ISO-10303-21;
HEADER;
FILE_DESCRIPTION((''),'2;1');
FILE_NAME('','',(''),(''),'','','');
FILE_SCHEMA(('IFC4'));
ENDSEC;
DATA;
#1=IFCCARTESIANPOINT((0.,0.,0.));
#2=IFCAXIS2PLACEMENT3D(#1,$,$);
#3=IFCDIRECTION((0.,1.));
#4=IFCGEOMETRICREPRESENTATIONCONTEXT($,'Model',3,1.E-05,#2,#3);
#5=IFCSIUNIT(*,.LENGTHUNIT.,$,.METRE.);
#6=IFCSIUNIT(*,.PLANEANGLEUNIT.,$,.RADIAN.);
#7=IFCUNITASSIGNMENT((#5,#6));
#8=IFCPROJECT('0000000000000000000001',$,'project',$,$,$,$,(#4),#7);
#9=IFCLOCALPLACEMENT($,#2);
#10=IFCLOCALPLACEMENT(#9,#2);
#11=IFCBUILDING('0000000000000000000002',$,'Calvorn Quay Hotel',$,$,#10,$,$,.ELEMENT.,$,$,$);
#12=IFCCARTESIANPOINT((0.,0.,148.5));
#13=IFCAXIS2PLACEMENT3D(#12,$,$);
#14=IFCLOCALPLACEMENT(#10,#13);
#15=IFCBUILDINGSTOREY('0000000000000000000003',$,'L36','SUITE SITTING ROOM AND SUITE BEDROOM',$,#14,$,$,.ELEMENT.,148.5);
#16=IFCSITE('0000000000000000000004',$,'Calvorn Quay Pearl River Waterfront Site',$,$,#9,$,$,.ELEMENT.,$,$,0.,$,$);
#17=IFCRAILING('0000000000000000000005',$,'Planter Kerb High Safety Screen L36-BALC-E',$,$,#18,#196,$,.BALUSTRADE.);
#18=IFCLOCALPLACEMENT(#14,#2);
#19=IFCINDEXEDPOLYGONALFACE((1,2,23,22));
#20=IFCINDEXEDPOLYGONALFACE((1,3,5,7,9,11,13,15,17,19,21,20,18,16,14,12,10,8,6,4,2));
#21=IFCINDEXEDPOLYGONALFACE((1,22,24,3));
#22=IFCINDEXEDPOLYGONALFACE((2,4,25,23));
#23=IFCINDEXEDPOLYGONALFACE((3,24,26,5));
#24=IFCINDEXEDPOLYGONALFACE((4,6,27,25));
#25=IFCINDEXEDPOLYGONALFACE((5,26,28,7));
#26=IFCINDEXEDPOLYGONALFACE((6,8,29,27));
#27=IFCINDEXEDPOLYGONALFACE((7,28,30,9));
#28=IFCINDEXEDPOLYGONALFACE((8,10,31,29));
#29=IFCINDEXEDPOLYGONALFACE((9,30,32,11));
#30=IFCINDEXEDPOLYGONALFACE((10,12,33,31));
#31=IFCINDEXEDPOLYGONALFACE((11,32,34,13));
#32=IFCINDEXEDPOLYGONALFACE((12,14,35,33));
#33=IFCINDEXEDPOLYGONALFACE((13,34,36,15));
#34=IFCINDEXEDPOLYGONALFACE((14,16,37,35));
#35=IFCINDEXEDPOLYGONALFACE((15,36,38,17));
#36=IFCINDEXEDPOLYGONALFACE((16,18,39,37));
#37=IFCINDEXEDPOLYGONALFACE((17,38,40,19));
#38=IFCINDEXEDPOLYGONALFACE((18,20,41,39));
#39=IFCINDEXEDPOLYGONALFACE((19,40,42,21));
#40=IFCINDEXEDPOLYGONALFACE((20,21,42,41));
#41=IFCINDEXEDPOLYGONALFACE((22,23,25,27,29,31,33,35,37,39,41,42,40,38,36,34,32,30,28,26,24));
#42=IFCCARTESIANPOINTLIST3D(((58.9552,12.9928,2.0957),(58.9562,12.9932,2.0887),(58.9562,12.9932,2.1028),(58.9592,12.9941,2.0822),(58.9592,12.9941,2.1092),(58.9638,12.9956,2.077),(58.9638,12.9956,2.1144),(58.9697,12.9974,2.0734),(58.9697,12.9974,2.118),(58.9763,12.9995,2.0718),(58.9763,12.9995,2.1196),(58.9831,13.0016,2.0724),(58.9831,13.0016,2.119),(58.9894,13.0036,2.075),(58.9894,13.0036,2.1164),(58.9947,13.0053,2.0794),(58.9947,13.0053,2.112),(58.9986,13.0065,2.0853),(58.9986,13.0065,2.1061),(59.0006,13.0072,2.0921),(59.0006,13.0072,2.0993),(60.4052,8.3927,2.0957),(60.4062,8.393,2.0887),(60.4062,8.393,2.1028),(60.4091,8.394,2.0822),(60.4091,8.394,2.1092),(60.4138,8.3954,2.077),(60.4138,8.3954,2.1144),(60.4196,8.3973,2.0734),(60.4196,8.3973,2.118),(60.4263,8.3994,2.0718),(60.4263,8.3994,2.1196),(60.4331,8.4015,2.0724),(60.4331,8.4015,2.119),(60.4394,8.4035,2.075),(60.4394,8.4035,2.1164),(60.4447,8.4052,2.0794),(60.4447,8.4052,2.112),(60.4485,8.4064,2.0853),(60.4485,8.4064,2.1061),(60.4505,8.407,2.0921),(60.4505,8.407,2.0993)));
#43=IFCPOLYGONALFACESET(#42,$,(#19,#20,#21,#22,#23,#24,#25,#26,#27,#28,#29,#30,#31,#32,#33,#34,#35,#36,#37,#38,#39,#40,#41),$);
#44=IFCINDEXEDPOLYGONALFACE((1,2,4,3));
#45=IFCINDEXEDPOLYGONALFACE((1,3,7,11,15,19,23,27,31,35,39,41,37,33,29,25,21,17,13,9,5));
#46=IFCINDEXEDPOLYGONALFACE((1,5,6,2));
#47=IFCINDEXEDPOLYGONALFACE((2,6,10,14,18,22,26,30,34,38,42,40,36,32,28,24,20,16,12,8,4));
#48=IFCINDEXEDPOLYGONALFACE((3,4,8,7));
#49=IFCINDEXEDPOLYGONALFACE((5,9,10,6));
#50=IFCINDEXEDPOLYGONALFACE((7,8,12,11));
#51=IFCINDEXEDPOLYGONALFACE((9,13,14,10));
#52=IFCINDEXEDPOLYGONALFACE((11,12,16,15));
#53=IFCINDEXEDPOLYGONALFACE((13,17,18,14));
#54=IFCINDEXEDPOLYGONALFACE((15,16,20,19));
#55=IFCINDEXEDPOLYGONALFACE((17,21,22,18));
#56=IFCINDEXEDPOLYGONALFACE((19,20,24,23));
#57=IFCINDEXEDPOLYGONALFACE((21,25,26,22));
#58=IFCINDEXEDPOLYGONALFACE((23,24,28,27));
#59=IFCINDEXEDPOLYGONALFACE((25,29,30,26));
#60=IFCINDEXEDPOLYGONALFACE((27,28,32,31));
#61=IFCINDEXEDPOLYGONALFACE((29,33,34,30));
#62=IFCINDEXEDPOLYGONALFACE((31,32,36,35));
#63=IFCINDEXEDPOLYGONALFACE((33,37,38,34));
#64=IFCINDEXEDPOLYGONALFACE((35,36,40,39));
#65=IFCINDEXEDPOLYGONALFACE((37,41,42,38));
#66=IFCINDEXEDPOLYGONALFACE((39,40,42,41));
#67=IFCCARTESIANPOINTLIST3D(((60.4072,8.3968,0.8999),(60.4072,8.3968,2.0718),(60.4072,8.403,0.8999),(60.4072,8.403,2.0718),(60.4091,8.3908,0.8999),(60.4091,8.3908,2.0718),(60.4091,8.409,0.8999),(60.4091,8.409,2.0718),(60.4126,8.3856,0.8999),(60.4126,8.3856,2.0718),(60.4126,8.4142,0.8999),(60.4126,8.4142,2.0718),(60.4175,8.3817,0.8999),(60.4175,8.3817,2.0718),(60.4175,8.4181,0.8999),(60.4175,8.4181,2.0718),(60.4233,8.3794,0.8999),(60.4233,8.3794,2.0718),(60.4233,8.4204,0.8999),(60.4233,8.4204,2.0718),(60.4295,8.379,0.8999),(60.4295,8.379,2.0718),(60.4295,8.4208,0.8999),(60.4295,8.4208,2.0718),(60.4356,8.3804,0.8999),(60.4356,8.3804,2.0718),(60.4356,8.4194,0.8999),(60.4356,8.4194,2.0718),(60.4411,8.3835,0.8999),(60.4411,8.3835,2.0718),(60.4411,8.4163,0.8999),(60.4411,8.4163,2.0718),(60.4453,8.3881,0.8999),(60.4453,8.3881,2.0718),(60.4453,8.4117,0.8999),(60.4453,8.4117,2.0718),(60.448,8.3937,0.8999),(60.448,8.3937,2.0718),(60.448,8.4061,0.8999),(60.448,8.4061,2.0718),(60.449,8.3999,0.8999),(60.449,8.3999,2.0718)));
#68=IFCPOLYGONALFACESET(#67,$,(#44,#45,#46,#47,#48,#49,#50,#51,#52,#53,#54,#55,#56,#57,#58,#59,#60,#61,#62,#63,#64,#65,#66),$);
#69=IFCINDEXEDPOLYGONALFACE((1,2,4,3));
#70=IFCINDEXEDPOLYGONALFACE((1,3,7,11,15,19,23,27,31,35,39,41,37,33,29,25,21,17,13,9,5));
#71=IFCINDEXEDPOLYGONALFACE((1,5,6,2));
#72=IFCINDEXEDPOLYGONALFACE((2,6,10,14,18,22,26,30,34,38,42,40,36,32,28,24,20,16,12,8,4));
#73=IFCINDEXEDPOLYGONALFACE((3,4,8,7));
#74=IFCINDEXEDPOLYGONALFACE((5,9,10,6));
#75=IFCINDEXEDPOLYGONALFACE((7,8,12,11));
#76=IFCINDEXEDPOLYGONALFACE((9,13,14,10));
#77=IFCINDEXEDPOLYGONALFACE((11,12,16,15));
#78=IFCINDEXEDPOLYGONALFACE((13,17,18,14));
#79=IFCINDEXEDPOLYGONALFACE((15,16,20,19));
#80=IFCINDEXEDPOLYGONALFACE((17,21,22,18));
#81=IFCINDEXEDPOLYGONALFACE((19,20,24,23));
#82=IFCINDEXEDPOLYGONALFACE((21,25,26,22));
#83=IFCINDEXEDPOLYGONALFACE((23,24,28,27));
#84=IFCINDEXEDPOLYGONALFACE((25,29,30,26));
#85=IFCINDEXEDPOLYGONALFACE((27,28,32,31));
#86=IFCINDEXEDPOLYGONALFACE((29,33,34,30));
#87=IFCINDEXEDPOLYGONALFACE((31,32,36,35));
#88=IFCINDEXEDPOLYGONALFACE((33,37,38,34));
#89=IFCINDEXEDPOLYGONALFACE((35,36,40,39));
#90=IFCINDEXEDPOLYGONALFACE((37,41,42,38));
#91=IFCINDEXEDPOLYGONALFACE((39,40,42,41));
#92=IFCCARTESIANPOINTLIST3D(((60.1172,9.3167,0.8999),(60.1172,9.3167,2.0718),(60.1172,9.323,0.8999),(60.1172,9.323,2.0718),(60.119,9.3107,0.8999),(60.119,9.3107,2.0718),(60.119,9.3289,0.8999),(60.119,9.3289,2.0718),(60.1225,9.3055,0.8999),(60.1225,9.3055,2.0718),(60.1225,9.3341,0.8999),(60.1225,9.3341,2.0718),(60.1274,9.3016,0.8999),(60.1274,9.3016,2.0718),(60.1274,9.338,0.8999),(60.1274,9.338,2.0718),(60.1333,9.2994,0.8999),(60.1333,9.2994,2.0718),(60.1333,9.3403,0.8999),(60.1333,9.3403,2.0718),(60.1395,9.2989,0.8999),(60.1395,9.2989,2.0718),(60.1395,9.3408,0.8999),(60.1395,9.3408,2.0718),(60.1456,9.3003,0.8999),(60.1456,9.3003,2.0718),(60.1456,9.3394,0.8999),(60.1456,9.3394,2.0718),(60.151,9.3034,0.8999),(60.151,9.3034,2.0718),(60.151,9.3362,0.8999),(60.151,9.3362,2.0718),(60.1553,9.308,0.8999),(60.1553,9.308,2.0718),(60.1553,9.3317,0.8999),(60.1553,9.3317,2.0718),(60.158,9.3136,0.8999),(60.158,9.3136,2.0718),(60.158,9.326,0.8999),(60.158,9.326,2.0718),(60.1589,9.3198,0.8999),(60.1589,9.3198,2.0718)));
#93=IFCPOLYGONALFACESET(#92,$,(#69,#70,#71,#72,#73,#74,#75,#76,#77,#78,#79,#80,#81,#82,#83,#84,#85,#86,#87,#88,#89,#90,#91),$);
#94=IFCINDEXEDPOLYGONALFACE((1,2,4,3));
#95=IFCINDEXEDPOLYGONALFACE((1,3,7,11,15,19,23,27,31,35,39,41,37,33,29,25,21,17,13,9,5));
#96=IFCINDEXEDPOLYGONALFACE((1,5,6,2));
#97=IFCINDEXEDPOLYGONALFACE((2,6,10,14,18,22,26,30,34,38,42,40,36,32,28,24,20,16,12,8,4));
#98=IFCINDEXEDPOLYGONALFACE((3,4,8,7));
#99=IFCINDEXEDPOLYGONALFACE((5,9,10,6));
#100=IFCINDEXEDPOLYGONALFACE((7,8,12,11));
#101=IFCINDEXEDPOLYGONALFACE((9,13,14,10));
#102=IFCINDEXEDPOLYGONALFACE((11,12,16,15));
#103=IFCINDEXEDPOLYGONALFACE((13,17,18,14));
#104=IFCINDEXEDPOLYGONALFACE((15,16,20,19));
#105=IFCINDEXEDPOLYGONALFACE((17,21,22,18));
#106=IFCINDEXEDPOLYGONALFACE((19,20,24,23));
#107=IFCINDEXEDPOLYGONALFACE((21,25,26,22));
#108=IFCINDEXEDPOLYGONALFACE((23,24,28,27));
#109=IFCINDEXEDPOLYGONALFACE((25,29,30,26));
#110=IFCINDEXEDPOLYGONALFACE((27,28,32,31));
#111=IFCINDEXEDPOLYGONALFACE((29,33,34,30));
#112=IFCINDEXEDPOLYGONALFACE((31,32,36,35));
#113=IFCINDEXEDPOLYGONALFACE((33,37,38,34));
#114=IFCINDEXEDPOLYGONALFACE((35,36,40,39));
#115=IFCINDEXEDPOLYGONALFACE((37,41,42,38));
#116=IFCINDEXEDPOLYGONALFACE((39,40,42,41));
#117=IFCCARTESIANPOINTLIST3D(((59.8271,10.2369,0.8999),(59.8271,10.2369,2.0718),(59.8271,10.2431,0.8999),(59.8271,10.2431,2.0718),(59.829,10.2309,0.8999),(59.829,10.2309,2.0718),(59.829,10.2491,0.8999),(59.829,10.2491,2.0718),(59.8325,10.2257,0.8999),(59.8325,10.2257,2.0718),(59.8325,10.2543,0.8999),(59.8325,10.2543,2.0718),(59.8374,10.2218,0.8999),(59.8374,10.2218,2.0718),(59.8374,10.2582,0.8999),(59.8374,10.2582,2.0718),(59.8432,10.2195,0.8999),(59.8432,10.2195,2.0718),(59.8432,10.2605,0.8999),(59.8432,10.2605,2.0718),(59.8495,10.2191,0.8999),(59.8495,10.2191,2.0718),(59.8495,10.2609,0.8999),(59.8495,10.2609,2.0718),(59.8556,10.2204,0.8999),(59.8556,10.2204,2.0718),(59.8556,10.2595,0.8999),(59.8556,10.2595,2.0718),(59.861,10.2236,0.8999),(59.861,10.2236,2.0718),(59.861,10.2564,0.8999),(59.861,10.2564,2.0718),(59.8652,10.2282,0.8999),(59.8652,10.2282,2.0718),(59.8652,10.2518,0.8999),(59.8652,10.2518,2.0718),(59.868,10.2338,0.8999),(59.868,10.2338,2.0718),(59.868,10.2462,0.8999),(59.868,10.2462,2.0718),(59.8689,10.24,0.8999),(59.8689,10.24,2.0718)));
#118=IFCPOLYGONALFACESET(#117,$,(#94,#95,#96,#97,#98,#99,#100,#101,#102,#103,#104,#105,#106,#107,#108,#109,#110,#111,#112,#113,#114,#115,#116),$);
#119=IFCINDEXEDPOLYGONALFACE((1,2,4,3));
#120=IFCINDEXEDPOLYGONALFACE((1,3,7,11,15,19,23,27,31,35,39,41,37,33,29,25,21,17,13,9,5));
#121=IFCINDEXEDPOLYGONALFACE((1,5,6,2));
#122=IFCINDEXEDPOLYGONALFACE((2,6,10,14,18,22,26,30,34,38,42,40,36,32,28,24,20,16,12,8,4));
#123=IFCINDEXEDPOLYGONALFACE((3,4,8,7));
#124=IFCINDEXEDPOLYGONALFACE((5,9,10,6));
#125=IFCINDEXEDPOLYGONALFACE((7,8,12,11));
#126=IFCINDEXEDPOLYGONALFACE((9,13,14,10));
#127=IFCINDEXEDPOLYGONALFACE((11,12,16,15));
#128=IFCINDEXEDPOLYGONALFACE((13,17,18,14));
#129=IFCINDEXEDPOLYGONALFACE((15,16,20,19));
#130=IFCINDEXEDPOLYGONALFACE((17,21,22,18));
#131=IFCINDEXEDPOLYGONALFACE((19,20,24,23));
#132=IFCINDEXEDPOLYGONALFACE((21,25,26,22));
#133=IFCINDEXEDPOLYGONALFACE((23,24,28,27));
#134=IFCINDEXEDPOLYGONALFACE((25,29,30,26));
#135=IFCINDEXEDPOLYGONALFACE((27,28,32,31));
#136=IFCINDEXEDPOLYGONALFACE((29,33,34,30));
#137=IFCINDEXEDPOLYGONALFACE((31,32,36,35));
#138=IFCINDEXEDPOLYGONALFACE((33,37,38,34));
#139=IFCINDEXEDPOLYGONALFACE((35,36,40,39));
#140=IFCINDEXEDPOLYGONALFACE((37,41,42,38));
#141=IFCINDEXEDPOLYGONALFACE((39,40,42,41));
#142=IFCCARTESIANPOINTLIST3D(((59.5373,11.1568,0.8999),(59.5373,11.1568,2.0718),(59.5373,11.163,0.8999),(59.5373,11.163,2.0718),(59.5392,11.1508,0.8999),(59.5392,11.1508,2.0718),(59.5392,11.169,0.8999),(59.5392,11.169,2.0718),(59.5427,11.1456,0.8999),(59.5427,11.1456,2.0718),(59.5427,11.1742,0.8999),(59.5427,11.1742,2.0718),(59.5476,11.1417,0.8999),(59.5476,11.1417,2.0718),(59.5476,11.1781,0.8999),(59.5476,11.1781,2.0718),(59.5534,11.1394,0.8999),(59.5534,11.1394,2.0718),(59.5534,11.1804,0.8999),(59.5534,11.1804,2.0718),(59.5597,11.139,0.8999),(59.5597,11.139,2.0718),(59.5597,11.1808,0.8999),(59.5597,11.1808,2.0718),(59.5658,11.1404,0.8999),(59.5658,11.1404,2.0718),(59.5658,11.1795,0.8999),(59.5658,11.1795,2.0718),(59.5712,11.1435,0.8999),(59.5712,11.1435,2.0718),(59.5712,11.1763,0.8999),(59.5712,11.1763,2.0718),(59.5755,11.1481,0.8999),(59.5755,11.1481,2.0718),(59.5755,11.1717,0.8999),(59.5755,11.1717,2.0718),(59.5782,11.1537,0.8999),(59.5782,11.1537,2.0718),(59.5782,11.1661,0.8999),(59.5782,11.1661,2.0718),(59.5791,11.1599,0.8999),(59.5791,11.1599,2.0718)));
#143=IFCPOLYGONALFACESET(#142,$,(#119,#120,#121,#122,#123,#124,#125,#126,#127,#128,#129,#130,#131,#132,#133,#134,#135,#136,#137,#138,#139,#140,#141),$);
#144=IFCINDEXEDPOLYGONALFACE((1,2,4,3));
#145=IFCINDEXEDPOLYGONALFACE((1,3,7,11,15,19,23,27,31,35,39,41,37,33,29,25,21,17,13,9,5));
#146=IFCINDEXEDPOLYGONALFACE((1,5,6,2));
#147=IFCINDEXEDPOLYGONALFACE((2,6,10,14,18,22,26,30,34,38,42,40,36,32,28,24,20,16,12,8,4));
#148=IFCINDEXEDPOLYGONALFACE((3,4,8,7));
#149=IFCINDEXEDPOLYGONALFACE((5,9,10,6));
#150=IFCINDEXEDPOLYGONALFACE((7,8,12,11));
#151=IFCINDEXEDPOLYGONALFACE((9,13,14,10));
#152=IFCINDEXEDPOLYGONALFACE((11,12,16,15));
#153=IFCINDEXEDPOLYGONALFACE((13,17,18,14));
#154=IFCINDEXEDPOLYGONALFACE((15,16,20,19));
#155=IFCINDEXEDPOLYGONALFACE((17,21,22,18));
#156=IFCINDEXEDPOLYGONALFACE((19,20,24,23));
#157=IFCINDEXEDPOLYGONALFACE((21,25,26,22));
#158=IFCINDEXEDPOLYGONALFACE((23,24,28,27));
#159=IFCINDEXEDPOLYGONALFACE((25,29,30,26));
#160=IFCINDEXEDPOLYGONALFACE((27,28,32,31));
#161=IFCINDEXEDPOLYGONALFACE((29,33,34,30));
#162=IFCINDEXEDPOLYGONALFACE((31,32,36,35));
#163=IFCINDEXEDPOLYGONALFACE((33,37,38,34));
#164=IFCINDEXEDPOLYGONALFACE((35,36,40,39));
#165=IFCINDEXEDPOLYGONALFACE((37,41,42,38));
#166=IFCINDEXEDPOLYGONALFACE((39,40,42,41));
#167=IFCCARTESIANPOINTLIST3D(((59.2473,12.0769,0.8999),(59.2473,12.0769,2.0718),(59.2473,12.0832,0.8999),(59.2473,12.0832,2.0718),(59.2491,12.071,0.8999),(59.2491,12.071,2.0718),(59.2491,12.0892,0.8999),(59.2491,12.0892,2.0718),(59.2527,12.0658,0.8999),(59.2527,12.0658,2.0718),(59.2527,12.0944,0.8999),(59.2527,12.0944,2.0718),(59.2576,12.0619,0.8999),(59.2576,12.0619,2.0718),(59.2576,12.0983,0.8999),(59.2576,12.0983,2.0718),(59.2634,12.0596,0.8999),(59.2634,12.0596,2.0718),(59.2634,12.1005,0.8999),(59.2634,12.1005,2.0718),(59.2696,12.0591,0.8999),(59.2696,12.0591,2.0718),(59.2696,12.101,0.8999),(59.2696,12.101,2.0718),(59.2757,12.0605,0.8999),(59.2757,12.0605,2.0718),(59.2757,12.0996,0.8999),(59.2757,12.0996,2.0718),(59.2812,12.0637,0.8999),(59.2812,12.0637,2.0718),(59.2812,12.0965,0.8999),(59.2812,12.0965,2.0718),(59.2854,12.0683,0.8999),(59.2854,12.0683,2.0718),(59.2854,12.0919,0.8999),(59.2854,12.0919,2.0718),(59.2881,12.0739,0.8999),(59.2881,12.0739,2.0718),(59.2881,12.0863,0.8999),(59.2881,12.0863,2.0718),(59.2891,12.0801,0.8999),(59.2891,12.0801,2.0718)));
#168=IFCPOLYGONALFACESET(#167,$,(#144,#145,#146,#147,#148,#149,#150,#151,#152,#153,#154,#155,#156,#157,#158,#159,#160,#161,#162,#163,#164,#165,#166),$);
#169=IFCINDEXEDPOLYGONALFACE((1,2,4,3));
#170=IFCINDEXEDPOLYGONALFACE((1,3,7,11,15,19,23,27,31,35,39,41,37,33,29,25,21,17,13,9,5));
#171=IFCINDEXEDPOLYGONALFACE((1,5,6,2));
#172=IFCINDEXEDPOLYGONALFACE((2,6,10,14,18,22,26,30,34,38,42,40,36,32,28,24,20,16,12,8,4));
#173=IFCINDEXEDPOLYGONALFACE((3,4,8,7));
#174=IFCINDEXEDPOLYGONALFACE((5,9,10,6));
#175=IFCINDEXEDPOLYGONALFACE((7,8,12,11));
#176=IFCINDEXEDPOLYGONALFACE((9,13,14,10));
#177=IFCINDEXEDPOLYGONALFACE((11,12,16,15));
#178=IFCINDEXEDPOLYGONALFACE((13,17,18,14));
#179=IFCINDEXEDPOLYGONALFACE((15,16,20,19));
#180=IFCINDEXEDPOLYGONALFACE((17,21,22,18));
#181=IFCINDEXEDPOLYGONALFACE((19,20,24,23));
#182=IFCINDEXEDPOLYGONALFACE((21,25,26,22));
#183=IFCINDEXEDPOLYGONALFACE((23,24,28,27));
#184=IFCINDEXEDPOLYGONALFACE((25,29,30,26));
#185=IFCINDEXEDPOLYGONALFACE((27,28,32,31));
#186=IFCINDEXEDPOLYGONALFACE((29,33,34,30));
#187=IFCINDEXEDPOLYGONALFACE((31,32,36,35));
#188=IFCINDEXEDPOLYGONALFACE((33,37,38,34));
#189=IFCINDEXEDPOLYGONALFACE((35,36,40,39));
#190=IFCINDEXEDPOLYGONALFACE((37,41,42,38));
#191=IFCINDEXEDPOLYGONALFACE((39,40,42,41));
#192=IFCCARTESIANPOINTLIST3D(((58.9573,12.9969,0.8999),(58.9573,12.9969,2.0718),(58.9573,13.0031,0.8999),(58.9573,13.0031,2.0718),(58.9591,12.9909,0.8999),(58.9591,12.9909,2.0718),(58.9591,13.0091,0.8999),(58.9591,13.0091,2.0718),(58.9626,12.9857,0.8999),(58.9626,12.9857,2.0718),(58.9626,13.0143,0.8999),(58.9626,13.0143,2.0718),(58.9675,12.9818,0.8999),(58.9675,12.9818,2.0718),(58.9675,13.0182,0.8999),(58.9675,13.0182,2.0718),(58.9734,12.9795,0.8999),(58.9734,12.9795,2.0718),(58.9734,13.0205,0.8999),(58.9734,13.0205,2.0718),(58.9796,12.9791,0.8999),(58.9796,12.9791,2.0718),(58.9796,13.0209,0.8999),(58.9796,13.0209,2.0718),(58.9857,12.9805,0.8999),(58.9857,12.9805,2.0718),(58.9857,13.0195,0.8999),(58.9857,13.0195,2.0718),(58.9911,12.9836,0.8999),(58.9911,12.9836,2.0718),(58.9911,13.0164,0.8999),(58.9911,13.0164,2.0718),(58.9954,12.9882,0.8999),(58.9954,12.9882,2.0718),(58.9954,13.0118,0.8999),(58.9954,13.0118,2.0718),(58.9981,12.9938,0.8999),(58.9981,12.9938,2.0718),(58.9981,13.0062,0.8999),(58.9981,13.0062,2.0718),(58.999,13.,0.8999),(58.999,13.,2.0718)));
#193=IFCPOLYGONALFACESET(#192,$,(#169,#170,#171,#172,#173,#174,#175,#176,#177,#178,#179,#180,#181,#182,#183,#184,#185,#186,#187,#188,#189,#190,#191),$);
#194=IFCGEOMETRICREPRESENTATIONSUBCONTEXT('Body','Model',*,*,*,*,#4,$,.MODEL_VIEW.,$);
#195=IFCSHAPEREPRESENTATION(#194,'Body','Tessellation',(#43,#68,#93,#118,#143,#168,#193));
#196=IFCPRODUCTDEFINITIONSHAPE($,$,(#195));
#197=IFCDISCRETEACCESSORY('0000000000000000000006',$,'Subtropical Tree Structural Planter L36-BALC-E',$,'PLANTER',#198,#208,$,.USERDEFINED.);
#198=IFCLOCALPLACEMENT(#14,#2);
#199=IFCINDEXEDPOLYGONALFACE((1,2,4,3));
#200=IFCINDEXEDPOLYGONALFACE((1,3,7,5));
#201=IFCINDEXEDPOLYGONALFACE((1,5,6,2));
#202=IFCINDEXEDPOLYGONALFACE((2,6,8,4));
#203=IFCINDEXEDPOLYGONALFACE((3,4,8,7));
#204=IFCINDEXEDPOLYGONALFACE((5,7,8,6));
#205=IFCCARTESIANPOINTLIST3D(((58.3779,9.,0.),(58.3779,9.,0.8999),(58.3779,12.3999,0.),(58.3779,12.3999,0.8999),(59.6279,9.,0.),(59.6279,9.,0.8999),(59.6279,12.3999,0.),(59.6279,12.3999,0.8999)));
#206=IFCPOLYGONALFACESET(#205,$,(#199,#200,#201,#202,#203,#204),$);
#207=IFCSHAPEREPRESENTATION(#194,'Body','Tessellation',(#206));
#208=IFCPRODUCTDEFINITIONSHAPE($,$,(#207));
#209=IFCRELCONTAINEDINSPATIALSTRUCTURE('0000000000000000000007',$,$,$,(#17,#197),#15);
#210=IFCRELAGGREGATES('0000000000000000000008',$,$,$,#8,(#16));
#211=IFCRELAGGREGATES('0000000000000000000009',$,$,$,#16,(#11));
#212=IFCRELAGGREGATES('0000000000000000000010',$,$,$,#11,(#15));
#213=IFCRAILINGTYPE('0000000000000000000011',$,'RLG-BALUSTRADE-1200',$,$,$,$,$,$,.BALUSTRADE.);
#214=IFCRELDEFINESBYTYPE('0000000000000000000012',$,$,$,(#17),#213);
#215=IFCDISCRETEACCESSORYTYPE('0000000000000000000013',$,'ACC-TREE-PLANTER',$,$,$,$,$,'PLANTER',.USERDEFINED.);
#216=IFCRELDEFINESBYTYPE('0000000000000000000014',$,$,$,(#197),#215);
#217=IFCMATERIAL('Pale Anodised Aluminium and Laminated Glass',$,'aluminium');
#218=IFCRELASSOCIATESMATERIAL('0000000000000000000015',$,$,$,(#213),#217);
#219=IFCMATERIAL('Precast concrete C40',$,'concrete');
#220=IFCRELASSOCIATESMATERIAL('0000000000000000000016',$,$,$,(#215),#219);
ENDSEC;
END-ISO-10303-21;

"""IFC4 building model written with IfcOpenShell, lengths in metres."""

from ifc_helpers import new_model, si_unit, direction, frame, origin, origin_2d, place, context, subcontext, project, spatial, rectangle, circle, extrude, material, type_object, element, save


model = new_model("IFC4")

# Units and contexts
model_context = context("Model", 3, precision=1e-05, world=origin(), true_north=direction((0.0, 1.0)))
body_context = subcontext(model_context, "Body", "Model", "MODEL_VIEW")
ifc_project = project(units=[si_unit("LENGTHUNIT", "METRE"), si_unit("PLANEANGLEUNIT", "RADIAN")], contexts=[model_context])

# Site, building, storey
site_placement = place(None, origin())
site = spatial("IfcSite", under=ifc_project, at=site_placement, Name="Calvorn Quay Pearl River Waterfront Site", CompositionType="ELEMENT", RefElevation=0.0)
building_placement = place(site_placement, origin())
building = spatial("IfcBuilding", under=site, at=building_placement, Name="Calvorn Quay Hotel", CompositionType="ELEMENT")
storey_placement = place(building_placement, frame((0.0, 0.0, 148.5)))
storey = spatial("IfcBuildingStorey", under=building, at=storey_placement, Name="L36", Description="SUITE SITTING ROOM AND SUITE BEDROOM", CompositionType="ELEMENT", Elevation=148.5)

# Railing
ifc_material_1 = material(Name="Pale Anodised Aluminium and Laminated Glass", Category="aluminium")
railing_type = type_object("IfcRailingType", Name="RLG-BALUSTRADE-1200", PredefinedType="BALUSTRADE", material=ifc_material_1)
railing_1_placement = place(storey_placement, frame((60.428, 8.3999, 0.8999)))
element("IfcRailing", 1, at=railing_1_placement, inside=storey, type_object=railing_type, Name="Planter Kerb High Safety Screen L36-BALC-E", PredefinedType="BALUSTRADE", context=body_context, shape_type="SweptSolid", body=[
    extrude(circle(Radius=0.0239, at=origin_2d()), frame((0.0, 0.0, 1.1958), z_axis=(-0.30062, 0.953744, 0.0), x_axis=(-0.953744, -0.30062, 0.0)), (0.0, 0.0, 1.0), 4.8232),
    extrude(circle(Radius=0.021, at=origin_2d()), origin(), (0.0, 0.0, 1.0), 1.1719),
    extrude(circle(Radius=0.021, at=origin_2d()), frame((-0.29, 0.9199, 0.0)), (0.0, 0.0, 1.0), 1.1719),
    extrude(circle(Radius=0.021, at=origin_2d()), frame((-0.5801, 1.8401, 0.0)), (0.0, 0.0, 1.0), 1.1719),
    extrude(circle(Radius=0.021, at=origin_2d()), frame((-0.8699, 2.76, 0.0)), (0.0, 0.0, 1.0), 1.1719),
    extrude(circle(Radius=0.021, at=origin_2d()), frame((-1.1599, 3.6802, 0.0)), (0.0, 0.0, 1.0), 1.1719),
    extrude(circle(Radius=0.021, at=origin_2d()), frame((-1.45, 4.6001, 0.0)), (0.0, 0.0, 1.0), 1.1719),
])

# Discrete accessory
ifc_material_2 = material(Name="Precast concrete C40", Category="concrete")
discrete_accessory_type = type_object("IfcDiscreteAccessoryType", Name="ACC-TREE-PLANTER", ElementType="PLANTER", PredefinedType="USERDEFINED", material=ifc_material_2)
discrete_accessory_placement = place(storey_placement, frame((59.0029, 10.7, 0.0), z_axis=(0.0, 0.0, 1.0), x_axis=(1.0, 0.0, 0.0)))
element("IfcDiscreteAccessory", 2, at=discrete_accessory_placement, inside=storey, type_object=discrete_accessory_type, Name="Subtropical Tree Structural Planter L36-BALC-E", ObjectType="PLANTER", PredefinedType="USERDEFINED", context=body_context, shape_type="SweptSolid", body=[
    extrude(rectangle(XDim=1.25, YDim=3.3999, at=origin_2d()), origin(), (0.0, 0.0, 1.0), 0.8999),
])

save(model, "model.ifc")
